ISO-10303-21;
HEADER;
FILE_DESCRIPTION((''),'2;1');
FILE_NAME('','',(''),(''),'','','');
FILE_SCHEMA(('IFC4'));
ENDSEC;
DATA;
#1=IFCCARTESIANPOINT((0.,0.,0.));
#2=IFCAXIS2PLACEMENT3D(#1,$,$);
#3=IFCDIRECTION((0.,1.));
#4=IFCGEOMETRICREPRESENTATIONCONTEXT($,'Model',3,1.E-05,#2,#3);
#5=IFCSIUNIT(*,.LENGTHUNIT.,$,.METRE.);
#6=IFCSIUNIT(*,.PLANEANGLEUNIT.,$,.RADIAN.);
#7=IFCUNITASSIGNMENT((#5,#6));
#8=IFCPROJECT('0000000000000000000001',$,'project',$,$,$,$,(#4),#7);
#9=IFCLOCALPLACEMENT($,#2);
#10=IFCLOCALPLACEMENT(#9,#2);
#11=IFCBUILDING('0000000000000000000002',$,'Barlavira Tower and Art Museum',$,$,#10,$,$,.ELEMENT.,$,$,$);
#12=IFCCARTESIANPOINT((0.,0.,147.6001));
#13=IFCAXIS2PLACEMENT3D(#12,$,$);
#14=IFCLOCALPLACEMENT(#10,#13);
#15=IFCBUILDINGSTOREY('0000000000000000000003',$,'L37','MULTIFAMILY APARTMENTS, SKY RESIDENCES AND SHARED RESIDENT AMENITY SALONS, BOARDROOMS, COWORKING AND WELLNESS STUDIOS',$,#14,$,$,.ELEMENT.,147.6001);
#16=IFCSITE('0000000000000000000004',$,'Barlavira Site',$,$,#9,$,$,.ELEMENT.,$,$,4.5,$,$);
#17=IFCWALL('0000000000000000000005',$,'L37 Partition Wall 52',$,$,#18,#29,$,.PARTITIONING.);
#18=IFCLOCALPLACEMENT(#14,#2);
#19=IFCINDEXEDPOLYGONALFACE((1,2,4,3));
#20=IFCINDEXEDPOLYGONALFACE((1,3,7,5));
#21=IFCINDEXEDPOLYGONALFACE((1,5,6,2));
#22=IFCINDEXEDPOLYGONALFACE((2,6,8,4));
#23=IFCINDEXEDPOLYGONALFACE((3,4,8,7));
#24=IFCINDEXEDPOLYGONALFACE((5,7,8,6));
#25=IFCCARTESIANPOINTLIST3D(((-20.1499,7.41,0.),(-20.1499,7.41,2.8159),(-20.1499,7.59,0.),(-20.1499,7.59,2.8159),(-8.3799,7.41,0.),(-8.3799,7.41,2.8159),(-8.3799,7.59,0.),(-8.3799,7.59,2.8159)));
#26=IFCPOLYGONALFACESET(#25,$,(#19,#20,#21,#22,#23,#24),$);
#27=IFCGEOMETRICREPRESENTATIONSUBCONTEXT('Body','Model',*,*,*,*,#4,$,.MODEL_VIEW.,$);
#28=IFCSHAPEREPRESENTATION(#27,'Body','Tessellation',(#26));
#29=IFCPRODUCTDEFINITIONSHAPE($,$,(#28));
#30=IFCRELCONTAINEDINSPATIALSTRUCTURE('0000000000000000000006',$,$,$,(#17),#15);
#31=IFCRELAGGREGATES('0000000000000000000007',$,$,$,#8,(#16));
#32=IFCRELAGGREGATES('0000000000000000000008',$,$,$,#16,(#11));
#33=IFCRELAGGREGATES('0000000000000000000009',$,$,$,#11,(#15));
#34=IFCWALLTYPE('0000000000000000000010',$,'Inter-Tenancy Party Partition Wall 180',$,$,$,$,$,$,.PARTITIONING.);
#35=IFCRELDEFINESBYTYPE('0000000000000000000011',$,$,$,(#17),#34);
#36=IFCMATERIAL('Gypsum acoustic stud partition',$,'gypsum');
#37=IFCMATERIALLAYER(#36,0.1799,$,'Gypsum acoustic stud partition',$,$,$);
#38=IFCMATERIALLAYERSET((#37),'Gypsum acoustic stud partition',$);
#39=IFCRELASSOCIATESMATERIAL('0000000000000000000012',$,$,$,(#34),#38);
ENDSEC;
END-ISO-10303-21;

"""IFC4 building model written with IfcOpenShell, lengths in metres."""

from ifc_helpers import new_model, si_unit, direction, frame, frame_2d, origin, place, context, subcontext, project, spatial, rectangle, extrude, material, layer, layer_set, type_object, element, save


model = new_model("IFC4")

# Units and contexts
model_context = context("Model", 3, precision=1e-05, world=origin(), true_north=direction((0.0, 1.0)))
body_context = subcontext(model_context, "Body", "Model", "MODEL_VIEW")
ifc_project = project(units=[si_unit("LENGTHUNIT", "METRE"), si_unit("PLANEANGLEUNIT", "RADIAN")], contexts=[model_context])

# Site, building, storey
site_placement = place(None, origin())
site = spatial("IfcSite", under=ifc_project, at=site_placement, Name="Barlavira Site", CompositionType="ELEMENT", RefElevation=4.5)
building_placement = place(site_placement, origin())
building = spatial("IfcBuilding", under=site, at=building_placement, Name="Barlavira Tower and Art Museum", CompositionType="ELEMENT")
storey_placement = place(building_placement, frame((0.0, 0.0, 147.6001)))
storey = spatial("IfcBuildingStorey", under=building, at=storey_placement, Name="L37", Description="MULTIFAMILY APARTMENTS, SKY RESIDENCES AND SHARED RESIDENT AMENITY SALONS, BOARDROOMS, COWORKING AND WELLNESS STUDIOS", CompositionType="ELEMENT", Elevation=147.6001)

# Shared definitions
ifc_material_1 = material(Name="Gypsum acoustic stud partition", Category="gypsum")
ifc_layer_1 = layer(ifc_material_1, 0.1799, Name="Gypsum acoustic stud partition")
ifc_layer_set_1 = layer_set([ifc_layer_1], Name="Gypsum acoustic stud partition")
wall_type = type_object("IfcWallType", Name="Inter-Tenancy Party Partition Wall 180", PredefinedType="PARTITIONING", material=ifc_layer_set_1)

# Wall
wall_1_placement = place(storey_placement, frame((-20.1499, 7.5, 0.0), z_axis=(0.0, 0.0, 1.0), x_axis=(1.0, 0.0, 0.0)))
element("IfcWall", 1, at=wall_1_placement, inside=storey, type_object=wall_type, Name="L37 Partition Wall 52", PredefinedType="PARTITIONING", context=body_context, shape_type="SweptSolid", body=[
    extrude(rectangle(XDim=11.77, YDim=0.1799, at=frame_2d((5.885, 0.0))), origin(), (0.0, 0.0, 1.0), 2.8159),
])

save(model, "model.ifc")
